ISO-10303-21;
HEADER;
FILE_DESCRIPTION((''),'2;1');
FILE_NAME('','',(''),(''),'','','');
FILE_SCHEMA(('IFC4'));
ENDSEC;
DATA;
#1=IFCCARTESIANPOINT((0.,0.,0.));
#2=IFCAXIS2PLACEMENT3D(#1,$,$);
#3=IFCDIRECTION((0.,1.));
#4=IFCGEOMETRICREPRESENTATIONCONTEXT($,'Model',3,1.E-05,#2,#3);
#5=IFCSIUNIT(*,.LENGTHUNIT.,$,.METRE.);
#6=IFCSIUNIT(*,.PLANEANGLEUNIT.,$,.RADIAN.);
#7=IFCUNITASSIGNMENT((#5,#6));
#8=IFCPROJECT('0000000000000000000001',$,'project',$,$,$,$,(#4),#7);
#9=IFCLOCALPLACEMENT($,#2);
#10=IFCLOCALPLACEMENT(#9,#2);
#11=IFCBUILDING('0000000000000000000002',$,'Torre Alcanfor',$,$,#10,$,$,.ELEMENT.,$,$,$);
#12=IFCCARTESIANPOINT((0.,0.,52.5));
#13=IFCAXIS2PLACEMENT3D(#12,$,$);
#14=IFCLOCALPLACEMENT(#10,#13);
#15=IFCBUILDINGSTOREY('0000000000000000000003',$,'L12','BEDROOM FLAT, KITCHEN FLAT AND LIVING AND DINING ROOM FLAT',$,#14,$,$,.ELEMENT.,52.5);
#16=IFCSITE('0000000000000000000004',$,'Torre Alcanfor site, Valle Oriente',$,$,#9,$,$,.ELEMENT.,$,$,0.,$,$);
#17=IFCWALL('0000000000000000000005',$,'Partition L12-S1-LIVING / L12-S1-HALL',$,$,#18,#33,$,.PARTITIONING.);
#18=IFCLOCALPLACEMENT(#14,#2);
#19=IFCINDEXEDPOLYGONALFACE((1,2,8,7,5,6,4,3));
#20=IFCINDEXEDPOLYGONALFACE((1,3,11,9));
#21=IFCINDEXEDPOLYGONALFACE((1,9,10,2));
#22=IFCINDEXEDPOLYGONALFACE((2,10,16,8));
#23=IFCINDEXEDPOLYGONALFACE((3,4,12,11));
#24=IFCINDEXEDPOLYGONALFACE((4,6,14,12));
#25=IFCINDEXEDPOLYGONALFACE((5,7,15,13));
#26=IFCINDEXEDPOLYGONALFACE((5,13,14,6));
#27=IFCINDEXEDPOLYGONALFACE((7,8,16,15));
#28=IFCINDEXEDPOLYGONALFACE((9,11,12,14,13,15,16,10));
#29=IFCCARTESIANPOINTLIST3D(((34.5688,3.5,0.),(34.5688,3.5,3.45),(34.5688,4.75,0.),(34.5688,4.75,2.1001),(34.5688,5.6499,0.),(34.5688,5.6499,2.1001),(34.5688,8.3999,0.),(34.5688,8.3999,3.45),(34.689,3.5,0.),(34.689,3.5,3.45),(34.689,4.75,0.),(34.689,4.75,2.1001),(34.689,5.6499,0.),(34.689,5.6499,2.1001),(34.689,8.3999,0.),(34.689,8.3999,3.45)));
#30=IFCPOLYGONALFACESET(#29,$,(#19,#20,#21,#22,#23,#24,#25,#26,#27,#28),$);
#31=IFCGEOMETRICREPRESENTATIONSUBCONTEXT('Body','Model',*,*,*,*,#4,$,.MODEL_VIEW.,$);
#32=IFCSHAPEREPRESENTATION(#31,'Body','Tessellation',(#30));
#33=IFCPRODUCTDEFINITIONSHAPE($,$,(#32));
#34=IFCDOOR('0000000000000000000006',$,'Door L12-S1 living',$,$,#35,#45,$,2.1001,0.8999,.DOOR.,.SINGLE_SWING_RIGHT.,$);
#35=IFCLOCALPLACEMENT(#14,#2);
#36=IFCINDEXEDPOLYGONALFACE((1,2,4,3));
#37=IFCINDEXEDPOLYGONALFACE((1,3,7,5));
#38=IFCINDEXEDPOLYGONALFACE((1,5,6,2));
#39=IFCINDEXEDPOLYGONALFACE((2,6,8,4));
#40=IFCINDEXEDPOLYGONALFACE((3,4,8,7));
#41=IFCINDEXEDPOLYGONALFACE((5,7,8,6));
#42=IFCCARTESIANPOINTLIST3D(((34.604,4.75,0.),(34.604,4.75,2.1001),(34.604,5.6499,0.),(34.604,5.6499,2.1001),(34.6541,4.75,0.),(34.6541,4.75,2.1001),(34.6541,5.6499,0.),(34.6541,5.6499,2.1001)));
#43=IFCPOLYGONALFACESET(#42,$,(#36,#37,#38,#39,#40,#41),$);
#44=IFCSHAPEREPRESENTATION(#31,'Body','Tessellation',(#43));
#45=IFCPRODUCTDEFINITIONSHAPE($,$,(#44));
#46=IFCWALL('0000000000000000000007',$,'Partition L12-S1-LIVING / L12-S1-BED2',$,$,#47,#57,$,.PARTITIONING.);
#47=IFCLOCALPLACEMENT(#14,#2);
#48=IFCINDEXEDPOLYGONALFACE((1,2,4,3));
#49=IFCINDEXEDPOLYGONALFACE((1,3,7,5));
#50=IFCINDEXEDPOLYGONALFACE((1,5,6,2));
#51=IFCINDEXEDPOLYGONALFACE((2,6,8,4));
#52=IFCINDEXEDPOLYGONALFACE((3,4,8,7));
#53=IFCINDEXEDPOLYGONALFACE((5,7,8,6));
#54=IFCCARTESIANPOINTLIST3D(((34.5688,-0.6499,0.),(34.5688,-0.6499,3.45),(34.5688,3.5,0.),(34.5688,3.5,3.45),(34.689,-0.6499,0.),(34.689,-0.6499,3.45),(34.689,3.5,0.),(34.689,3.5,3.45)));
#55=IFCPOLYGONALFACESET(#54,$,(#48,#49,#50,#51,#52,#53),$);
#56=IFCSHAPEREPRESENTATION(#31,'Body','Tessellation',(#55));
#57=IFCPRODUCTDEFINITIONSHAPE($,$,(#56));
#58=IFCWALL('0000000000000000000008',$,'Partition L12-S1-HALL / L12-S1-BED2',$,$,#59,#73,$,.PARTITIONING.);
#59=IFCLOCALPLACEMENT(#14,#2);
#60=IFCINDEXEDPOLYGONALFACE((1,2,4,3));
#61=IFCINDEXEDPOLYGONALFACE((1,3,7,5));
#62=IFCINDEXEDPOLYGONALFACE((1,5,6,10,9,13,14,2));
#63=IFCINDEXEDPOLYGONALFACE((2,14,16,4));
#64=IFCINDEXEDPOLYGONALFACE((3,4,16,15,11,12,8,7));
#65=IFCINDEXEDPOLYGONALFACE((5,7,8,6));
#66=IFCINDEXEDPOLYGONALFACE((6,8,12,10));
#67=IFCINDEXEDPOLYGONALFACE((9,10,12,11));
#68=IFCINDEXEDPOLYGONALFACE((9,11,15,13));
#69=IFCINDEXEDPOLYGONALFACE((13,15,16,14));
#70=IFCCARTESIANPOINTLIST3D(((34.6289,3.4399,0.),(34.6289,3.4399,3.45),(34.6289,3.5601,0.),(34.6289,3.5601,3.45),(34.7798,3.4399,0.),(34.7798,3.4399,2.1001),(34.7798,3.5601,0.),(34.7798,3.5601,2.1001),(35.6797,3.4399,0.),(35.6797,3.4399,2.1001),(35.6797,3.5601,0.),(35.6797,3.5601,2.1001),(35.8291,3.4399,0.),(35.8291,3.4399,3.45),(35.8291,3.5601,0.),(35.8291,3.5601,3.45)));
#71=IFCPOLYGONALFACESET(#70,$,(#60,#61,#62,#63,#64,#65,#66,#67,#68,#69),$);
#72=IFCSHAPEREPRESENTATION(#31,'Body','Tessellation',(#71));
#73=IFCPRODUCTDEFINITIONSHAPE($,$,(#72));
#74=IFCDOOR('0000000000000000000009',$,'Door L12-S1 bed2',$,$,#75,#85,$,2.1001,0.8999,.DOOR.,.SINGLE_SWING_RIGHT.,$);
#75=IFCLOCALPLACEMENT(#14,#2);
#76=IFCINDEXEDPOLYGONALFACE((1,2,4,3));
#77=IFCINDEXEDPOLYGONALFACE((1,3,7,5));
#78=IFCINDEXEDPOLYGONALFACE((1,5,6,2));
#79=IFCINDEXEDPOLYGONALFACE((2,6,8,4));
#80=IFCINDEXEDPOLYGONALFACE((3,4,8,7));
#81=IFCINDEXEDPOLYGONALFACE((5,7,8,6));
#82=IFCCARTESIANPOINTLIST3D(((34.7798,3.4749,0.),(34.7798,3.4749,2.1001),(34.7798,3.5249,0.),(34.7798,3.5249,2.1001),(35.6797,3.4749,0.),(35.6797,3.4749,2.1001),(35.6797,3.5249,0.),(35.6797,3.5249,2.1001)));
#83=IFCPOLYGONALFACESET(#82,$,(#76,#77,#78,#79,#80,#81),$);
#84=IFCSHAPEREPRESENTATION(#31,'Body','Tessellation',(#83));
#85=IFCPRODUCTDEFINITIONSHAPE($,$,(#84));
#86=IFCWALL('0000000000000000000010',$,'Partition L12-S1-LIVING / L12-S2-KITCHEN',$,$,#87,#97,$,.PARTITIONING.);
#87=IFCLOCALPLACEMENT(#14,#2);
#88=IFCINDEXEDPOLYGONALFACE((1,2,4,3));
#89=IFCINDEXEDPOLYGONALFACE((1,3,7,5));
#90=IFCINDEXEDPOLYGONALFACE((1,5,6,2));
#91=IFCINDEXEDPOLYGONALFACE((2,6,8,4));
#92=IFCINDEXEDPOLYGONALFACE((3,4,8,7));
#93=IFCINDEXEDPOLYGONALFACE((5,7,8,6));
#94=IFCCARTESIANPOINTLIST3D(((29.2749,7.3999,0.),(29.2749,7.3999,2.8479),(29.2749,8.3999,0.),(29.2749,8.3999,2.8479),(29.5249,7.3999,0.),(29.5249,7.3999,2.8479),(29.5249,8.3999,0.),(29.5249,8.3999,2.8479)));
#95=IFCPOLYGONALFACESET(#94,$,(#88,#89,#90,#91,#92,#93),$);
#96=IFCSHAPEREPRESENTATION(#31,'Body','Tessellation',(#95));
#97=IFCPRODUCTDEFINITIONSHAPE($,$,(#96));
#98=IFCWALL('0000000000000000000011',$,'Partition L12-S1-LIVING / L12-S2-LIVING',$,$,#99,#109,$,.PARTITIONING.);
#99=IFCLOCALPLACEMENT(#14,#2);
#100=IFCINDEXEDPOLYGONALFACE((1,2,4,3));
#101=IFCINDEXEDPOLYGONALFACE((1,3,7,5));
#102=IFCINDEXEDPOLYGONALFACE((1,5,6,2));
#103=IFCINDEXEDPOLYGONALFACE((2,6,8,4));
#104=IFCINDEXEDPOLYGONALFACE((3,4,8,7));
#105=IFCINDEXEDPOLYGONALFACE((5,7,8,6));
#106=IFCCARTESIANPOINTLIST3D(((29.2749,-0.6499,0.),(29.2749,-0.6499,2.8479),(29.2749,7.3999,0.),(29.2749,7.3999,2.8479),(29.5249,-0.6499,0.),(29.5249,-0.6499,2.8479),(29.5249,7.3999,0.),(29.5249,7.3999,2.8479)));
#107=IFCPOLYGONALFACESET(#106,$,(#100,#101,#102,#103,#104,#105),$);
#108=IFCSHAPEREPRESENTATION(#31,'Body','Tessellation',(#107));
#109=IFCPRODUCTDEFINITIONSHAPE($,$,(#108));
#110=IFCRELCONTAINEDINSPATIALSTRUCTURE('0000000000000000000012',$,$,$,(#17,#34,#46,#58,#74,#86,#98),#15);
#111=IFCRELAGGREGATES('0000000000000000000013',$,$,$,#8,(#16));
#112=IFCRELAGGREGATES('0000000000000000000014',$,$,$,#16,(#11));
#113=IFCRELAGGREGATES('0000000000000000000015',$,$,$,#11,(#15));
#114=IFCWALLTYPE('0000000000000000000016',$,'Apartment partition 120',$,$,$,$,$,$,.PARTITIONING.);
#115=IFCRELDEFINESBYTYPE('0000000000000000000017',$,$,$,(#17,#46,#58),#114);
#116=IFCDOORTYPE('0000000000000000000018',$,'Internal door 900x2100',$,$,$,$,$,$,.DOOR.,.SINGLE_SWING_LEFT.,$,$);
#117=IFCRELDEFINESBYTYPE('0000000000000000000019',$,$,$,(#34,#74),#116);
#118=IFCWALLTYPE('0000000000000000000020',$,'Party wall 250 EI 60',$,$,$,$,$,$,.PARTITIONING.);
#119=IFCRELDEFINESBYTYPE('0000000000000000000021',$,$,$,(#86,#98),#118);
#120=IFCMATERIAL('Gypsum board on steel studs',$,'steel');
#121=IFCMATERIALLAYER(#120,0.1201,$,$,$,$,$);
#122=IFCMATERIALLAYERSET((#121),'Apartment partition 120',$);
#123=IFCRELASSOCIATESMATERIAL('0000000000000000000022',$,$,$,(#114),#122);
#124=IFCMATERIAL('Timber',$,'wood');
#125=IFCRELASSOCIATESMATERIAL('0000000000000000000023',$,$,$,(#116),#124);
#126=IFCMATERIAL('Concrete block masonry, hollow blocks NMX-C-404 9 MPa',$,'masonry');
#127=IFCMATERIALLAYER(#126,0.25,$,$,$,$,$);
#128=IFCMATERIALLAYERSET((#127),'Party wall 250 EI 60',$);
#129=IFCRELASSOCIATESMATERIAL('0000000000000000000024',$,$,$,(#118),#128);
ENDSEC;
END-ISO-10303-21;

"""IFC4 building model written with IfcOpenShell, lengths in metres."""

from ifc_helpers import new_model, si_unit, direction, frame, frame_2d, origin, place, context, subcontext, project, spatial, rectangle, extrude, material, layer, layer_set, type_object, element, fill, save


model = new_model("IFC4")

# Units and contexts
model_context = context("Model", 3, precision=1e-05, world=origin(), true_north=direction((0.0, 1.0)))
body_context = subcontext(model_context, "Body", "Model", "MODEL_VIEW")
ifc_project = project(units=[si_unit("LENGTHUNIT", "METRE"), si_unit("PLANEANGLEUNIT", "RADIAN")], contexts=[model_context])

# Site, building, storey
site_placement = place(None, origin())
site = spatial("IfcSite", under=ifc_project, at=site_placement, Name="Torre Alcanfor site, Valle Oriente", CompositionType="ELEMENT", RefElevation=0.0)
building_placement = place(site_placement, origin())
building = spatial("IfcBuilding", under=site, at=building_placement, Name="Torre Alcanfor", CompositionType="ELEMENT")
storey_placement = place(building_placement, frame((0.0, 0.0, 52.5)))
storey = spatial("IfcBuildingStorey", under=building, at=storey_placement, Name="L12", Description="BEDROOM FLAT, KITCHEN FLAT AND LIVING AND DINING ROOM FLAT", CompositionType="ELEMENT", Elevation=52.5)

# Wall, opening, door
ifc_material_1 = material(Name="Gypsum board on steel studs", Category="steel")
ifc_layer_1 = layer(ifc_material_1, 0.1201)
ifc_layer_set_1 = layer_set([ifc_layer_1], Name="Apartment partition 120")
wall_type_1 = type_object("IfcWallType", Name="Apartment partition 120", PredefinedType="PARTITIONING", material=ifc_layer_set_1)
wall_1_placement = place(storey_placement, frame((34.6289, 3.5, 0.0), z_axis=(0.0, 0.0, 1.0), x_axis=(0.0, 1.0, 0.0)))
wall_1 = element("IfcWall", 1, at=wall_1_placement, inside=storey, type_object=wall_type_1, Name="Partition L12-S1-LIVING / L12-S1-HALL", PredefinedType="PARTITIONING", context=body_context, shape_type="SweptSolid", body=[
    extrude(rectangle(XDim=4.8999, YDim=0.1201, at=frame_2d((2.45, 0.0))), origin(), (0.0, 0.0, 1.0), 3.45),
])
opening_1_placement = place(wall_1_placement, frame((1.25, 0.0, 0.0)))
opening_1 = element("IfcOpeningElement", 2, at=opening_1_placement, cuts=wall_1, PredefinedType="OPENING", context=body_context, shape_type="SweptSolid", body=[
    extrude(rectangle(XDim=0.8999, YDim=2.1001, at=frame_2d((0.45, 1.05))), frame((0.0, 0.0701, 0.0), z_axis=(0.0, -1.0, 0.0), x_axis=(1.0, 0.0, 0.0)), (0.0, 0.0, 1.0), 0.1401),
])
ifc_material_2 = material(Name="Timber", Category="wood")
door_type = type_object("IfcDoorType", Name="Internal door 900x2100", OperationType="SINGLE_SWING_LEFT", PredefinedType="DOOR", material=ifc_material_2)
door_1_placement = place(opening_1_placement, origin())
door_1 = element("IfcDoor", 3, at=door_1_placement, inside=storey, type_object=door_type, Name="Door L12-S1 living", OperationType="SINGLE_SWING_RIGHT", OverallHeight=2.1001, OverallWidth=0.8999, PredefinedType="DOOR", context=body_context, shape_type="SweptSolid", body=[
    extrude(rectangle(XDim=0.8999, YDim=2.1001, at=frame_2d((0.45, 1.05))), frame((0.0, 0.0249, 0.0), z_axis=(0.0, -1.0, 0.0), x_axis=(1.0, 0.0, 0.0)), (0.0, 0.0, 1.0), 0.05),
])
fill(opening_1, door_1)

# Wall
wall_2_placement = place(storey_placement, frame((34.6289, -0.6499, 0.0), z_axis=(0.0, 0.0, 1.0), x_axis=(0.0, 1.0, 0.0)))
element("IfcWall", 4, at=wall_2_placement, inside=storey, type_object=wall_type_1, Name="Partition L12-S1-LIVING / L12-S1-BED2", PredefinedType="PARTITIONING", context=body_context, shape_type="SweptSolid", body=[
    extrude(rectangle(XDim=4.1499, YDim=0.1201, at=frame_2d((2.075, 0.0))), origin(), (0.0, 0.0, 1.0), 3.45),
])

# Wall, opening, door
wall_3_placement = place(storey_placement, frame((34.6289, 3.5, 0.0), z_axis=(0.0, 0.0, 1.0), x_axis=(1.0, 0.0, 0.0)))
wall_3 = element("IfcWall", 5, at=wall_3_placement, inside=storey, type_object=wall_type_1, Name="Partition L12-S1-HALL / L12-S1-BED2", PredefinedType="PARTITIONING", context=body_context, shape_type="SweptSolid", body=[
    extrude(rectangle(XDim=1.2002, YDim=0.1201, at=frame_2d((0.6001, 0.0))), origin(), (0.0, 0.0, 1.0), 3.45),
])
opening_2_placement = place(wall_3_placement, frame((0.1509, 0.0, 0.0)))
opening_2 = element("IfcOpeningElement", 6, at=opening_2_placement, cuts=wall_3, PredefinedType="OPENING", context=body_context, shape_type="SweptSolid", body=[
    extrude(rectangle(XDim=0.8999, YDim=2.1001, at=frame_2d((0.45, 1.05))), frame((0.0, 0.0701, 0.0), z_axis=(0.0, -1.0, 0.0), x_axis=(1.0, 0.0, 0.0)), (0.0, 0.0, 1.0), 0.1401),
])
door_2_placement = place(opening_2_placement, frame((0.8999, 0.0, 0.0), z_axis=(0.0, 0.0, 1.0), x_axis=(-1.0, 0.0, 0.0)))
door_2 = element("IfcDoor", 7, at=door_2_placement, inside=storey, type_object=door_type, Name="Door L12-S1 bed2", OperationType="SINGLE_SWING_RIGHT", OverallHeight=2.1001, OverallWidth=0.8999, PredefinedType="DOOR", context=body_context, shape_type="SweptSolid", body=[
    extrude(rectangle(XDim=0.8999, YDim=2.1001, at=frame_2d((0.45, 1.05))), frame((0.0, 0.0251, 0.0), z_axis=(0.0, -1.0, 0.0), x_axis=(1.0, 0.0, 0.0)), (0.0, 0.0, 1.0), 0.05),
])
fill(opening_2, door_2)

# Walls
ifc_material_3 = material(Name="Concrete block masonry, hollow blocks NMX-C-404 9 MPa", Category="masonry")
ifc_layer_2 = layer(ifc_material_3, 0.25)
ifc_layer_set_2 = layer_set([ifc_layer_2], Name="Party wall 250 EI 60")
wall_type_2 = type_object("IfcWallType", Name="Party wall 250 EI 60", PredefinedType="PARTITIONING", material=ifc_layer_set_2)
wall_4_placement = place(storey_placement, frame((29.3999, 8.3999, 0.0), z_axis=(0.0, 0.0, 1.0), x_axis=(0.0, -1.0, 0.0)))
element("IfcWall", 8, at=wall_4_placement, inside=storey, type_object=wall_type_2, Name="Partition L12-S1-LIVING / L12-S2-KITCHEN", PredefinedType="PARTITIONING", context=body_context, shape_type="SweptSolid", body=[
    extrude(rectangle(XDim=1.0, YDim=0.25, at=frame_2d((0.5, 0.0))), origin(), (0.0, 0.0, 1.0), 2.8479),
])
wall_5_placement = place(storey_placement, frame((29.3999, 7.3999, 0.0), z_axis=(0.0, 0.0, 1.0), x_axis=(0.0, -1.0, 0.0)))
element("IfcWall", 9, at=wall_5_placement, inside=storey, type_object=wall_type_2, Name="Partition L12-S1-LIVING / L12-S2-LIVING", PredefinedType="PARTITIONING", context=body_context, shape_type="SweptSolid", body=[
    extrude(rectangle(XDim=8.0498, YDim=0.25, at=frame_2d((4.0249, 0.0))), origin(), (0.0, 0.0, 1.0), 2.8479),
])

save(model, "model.ifc")
